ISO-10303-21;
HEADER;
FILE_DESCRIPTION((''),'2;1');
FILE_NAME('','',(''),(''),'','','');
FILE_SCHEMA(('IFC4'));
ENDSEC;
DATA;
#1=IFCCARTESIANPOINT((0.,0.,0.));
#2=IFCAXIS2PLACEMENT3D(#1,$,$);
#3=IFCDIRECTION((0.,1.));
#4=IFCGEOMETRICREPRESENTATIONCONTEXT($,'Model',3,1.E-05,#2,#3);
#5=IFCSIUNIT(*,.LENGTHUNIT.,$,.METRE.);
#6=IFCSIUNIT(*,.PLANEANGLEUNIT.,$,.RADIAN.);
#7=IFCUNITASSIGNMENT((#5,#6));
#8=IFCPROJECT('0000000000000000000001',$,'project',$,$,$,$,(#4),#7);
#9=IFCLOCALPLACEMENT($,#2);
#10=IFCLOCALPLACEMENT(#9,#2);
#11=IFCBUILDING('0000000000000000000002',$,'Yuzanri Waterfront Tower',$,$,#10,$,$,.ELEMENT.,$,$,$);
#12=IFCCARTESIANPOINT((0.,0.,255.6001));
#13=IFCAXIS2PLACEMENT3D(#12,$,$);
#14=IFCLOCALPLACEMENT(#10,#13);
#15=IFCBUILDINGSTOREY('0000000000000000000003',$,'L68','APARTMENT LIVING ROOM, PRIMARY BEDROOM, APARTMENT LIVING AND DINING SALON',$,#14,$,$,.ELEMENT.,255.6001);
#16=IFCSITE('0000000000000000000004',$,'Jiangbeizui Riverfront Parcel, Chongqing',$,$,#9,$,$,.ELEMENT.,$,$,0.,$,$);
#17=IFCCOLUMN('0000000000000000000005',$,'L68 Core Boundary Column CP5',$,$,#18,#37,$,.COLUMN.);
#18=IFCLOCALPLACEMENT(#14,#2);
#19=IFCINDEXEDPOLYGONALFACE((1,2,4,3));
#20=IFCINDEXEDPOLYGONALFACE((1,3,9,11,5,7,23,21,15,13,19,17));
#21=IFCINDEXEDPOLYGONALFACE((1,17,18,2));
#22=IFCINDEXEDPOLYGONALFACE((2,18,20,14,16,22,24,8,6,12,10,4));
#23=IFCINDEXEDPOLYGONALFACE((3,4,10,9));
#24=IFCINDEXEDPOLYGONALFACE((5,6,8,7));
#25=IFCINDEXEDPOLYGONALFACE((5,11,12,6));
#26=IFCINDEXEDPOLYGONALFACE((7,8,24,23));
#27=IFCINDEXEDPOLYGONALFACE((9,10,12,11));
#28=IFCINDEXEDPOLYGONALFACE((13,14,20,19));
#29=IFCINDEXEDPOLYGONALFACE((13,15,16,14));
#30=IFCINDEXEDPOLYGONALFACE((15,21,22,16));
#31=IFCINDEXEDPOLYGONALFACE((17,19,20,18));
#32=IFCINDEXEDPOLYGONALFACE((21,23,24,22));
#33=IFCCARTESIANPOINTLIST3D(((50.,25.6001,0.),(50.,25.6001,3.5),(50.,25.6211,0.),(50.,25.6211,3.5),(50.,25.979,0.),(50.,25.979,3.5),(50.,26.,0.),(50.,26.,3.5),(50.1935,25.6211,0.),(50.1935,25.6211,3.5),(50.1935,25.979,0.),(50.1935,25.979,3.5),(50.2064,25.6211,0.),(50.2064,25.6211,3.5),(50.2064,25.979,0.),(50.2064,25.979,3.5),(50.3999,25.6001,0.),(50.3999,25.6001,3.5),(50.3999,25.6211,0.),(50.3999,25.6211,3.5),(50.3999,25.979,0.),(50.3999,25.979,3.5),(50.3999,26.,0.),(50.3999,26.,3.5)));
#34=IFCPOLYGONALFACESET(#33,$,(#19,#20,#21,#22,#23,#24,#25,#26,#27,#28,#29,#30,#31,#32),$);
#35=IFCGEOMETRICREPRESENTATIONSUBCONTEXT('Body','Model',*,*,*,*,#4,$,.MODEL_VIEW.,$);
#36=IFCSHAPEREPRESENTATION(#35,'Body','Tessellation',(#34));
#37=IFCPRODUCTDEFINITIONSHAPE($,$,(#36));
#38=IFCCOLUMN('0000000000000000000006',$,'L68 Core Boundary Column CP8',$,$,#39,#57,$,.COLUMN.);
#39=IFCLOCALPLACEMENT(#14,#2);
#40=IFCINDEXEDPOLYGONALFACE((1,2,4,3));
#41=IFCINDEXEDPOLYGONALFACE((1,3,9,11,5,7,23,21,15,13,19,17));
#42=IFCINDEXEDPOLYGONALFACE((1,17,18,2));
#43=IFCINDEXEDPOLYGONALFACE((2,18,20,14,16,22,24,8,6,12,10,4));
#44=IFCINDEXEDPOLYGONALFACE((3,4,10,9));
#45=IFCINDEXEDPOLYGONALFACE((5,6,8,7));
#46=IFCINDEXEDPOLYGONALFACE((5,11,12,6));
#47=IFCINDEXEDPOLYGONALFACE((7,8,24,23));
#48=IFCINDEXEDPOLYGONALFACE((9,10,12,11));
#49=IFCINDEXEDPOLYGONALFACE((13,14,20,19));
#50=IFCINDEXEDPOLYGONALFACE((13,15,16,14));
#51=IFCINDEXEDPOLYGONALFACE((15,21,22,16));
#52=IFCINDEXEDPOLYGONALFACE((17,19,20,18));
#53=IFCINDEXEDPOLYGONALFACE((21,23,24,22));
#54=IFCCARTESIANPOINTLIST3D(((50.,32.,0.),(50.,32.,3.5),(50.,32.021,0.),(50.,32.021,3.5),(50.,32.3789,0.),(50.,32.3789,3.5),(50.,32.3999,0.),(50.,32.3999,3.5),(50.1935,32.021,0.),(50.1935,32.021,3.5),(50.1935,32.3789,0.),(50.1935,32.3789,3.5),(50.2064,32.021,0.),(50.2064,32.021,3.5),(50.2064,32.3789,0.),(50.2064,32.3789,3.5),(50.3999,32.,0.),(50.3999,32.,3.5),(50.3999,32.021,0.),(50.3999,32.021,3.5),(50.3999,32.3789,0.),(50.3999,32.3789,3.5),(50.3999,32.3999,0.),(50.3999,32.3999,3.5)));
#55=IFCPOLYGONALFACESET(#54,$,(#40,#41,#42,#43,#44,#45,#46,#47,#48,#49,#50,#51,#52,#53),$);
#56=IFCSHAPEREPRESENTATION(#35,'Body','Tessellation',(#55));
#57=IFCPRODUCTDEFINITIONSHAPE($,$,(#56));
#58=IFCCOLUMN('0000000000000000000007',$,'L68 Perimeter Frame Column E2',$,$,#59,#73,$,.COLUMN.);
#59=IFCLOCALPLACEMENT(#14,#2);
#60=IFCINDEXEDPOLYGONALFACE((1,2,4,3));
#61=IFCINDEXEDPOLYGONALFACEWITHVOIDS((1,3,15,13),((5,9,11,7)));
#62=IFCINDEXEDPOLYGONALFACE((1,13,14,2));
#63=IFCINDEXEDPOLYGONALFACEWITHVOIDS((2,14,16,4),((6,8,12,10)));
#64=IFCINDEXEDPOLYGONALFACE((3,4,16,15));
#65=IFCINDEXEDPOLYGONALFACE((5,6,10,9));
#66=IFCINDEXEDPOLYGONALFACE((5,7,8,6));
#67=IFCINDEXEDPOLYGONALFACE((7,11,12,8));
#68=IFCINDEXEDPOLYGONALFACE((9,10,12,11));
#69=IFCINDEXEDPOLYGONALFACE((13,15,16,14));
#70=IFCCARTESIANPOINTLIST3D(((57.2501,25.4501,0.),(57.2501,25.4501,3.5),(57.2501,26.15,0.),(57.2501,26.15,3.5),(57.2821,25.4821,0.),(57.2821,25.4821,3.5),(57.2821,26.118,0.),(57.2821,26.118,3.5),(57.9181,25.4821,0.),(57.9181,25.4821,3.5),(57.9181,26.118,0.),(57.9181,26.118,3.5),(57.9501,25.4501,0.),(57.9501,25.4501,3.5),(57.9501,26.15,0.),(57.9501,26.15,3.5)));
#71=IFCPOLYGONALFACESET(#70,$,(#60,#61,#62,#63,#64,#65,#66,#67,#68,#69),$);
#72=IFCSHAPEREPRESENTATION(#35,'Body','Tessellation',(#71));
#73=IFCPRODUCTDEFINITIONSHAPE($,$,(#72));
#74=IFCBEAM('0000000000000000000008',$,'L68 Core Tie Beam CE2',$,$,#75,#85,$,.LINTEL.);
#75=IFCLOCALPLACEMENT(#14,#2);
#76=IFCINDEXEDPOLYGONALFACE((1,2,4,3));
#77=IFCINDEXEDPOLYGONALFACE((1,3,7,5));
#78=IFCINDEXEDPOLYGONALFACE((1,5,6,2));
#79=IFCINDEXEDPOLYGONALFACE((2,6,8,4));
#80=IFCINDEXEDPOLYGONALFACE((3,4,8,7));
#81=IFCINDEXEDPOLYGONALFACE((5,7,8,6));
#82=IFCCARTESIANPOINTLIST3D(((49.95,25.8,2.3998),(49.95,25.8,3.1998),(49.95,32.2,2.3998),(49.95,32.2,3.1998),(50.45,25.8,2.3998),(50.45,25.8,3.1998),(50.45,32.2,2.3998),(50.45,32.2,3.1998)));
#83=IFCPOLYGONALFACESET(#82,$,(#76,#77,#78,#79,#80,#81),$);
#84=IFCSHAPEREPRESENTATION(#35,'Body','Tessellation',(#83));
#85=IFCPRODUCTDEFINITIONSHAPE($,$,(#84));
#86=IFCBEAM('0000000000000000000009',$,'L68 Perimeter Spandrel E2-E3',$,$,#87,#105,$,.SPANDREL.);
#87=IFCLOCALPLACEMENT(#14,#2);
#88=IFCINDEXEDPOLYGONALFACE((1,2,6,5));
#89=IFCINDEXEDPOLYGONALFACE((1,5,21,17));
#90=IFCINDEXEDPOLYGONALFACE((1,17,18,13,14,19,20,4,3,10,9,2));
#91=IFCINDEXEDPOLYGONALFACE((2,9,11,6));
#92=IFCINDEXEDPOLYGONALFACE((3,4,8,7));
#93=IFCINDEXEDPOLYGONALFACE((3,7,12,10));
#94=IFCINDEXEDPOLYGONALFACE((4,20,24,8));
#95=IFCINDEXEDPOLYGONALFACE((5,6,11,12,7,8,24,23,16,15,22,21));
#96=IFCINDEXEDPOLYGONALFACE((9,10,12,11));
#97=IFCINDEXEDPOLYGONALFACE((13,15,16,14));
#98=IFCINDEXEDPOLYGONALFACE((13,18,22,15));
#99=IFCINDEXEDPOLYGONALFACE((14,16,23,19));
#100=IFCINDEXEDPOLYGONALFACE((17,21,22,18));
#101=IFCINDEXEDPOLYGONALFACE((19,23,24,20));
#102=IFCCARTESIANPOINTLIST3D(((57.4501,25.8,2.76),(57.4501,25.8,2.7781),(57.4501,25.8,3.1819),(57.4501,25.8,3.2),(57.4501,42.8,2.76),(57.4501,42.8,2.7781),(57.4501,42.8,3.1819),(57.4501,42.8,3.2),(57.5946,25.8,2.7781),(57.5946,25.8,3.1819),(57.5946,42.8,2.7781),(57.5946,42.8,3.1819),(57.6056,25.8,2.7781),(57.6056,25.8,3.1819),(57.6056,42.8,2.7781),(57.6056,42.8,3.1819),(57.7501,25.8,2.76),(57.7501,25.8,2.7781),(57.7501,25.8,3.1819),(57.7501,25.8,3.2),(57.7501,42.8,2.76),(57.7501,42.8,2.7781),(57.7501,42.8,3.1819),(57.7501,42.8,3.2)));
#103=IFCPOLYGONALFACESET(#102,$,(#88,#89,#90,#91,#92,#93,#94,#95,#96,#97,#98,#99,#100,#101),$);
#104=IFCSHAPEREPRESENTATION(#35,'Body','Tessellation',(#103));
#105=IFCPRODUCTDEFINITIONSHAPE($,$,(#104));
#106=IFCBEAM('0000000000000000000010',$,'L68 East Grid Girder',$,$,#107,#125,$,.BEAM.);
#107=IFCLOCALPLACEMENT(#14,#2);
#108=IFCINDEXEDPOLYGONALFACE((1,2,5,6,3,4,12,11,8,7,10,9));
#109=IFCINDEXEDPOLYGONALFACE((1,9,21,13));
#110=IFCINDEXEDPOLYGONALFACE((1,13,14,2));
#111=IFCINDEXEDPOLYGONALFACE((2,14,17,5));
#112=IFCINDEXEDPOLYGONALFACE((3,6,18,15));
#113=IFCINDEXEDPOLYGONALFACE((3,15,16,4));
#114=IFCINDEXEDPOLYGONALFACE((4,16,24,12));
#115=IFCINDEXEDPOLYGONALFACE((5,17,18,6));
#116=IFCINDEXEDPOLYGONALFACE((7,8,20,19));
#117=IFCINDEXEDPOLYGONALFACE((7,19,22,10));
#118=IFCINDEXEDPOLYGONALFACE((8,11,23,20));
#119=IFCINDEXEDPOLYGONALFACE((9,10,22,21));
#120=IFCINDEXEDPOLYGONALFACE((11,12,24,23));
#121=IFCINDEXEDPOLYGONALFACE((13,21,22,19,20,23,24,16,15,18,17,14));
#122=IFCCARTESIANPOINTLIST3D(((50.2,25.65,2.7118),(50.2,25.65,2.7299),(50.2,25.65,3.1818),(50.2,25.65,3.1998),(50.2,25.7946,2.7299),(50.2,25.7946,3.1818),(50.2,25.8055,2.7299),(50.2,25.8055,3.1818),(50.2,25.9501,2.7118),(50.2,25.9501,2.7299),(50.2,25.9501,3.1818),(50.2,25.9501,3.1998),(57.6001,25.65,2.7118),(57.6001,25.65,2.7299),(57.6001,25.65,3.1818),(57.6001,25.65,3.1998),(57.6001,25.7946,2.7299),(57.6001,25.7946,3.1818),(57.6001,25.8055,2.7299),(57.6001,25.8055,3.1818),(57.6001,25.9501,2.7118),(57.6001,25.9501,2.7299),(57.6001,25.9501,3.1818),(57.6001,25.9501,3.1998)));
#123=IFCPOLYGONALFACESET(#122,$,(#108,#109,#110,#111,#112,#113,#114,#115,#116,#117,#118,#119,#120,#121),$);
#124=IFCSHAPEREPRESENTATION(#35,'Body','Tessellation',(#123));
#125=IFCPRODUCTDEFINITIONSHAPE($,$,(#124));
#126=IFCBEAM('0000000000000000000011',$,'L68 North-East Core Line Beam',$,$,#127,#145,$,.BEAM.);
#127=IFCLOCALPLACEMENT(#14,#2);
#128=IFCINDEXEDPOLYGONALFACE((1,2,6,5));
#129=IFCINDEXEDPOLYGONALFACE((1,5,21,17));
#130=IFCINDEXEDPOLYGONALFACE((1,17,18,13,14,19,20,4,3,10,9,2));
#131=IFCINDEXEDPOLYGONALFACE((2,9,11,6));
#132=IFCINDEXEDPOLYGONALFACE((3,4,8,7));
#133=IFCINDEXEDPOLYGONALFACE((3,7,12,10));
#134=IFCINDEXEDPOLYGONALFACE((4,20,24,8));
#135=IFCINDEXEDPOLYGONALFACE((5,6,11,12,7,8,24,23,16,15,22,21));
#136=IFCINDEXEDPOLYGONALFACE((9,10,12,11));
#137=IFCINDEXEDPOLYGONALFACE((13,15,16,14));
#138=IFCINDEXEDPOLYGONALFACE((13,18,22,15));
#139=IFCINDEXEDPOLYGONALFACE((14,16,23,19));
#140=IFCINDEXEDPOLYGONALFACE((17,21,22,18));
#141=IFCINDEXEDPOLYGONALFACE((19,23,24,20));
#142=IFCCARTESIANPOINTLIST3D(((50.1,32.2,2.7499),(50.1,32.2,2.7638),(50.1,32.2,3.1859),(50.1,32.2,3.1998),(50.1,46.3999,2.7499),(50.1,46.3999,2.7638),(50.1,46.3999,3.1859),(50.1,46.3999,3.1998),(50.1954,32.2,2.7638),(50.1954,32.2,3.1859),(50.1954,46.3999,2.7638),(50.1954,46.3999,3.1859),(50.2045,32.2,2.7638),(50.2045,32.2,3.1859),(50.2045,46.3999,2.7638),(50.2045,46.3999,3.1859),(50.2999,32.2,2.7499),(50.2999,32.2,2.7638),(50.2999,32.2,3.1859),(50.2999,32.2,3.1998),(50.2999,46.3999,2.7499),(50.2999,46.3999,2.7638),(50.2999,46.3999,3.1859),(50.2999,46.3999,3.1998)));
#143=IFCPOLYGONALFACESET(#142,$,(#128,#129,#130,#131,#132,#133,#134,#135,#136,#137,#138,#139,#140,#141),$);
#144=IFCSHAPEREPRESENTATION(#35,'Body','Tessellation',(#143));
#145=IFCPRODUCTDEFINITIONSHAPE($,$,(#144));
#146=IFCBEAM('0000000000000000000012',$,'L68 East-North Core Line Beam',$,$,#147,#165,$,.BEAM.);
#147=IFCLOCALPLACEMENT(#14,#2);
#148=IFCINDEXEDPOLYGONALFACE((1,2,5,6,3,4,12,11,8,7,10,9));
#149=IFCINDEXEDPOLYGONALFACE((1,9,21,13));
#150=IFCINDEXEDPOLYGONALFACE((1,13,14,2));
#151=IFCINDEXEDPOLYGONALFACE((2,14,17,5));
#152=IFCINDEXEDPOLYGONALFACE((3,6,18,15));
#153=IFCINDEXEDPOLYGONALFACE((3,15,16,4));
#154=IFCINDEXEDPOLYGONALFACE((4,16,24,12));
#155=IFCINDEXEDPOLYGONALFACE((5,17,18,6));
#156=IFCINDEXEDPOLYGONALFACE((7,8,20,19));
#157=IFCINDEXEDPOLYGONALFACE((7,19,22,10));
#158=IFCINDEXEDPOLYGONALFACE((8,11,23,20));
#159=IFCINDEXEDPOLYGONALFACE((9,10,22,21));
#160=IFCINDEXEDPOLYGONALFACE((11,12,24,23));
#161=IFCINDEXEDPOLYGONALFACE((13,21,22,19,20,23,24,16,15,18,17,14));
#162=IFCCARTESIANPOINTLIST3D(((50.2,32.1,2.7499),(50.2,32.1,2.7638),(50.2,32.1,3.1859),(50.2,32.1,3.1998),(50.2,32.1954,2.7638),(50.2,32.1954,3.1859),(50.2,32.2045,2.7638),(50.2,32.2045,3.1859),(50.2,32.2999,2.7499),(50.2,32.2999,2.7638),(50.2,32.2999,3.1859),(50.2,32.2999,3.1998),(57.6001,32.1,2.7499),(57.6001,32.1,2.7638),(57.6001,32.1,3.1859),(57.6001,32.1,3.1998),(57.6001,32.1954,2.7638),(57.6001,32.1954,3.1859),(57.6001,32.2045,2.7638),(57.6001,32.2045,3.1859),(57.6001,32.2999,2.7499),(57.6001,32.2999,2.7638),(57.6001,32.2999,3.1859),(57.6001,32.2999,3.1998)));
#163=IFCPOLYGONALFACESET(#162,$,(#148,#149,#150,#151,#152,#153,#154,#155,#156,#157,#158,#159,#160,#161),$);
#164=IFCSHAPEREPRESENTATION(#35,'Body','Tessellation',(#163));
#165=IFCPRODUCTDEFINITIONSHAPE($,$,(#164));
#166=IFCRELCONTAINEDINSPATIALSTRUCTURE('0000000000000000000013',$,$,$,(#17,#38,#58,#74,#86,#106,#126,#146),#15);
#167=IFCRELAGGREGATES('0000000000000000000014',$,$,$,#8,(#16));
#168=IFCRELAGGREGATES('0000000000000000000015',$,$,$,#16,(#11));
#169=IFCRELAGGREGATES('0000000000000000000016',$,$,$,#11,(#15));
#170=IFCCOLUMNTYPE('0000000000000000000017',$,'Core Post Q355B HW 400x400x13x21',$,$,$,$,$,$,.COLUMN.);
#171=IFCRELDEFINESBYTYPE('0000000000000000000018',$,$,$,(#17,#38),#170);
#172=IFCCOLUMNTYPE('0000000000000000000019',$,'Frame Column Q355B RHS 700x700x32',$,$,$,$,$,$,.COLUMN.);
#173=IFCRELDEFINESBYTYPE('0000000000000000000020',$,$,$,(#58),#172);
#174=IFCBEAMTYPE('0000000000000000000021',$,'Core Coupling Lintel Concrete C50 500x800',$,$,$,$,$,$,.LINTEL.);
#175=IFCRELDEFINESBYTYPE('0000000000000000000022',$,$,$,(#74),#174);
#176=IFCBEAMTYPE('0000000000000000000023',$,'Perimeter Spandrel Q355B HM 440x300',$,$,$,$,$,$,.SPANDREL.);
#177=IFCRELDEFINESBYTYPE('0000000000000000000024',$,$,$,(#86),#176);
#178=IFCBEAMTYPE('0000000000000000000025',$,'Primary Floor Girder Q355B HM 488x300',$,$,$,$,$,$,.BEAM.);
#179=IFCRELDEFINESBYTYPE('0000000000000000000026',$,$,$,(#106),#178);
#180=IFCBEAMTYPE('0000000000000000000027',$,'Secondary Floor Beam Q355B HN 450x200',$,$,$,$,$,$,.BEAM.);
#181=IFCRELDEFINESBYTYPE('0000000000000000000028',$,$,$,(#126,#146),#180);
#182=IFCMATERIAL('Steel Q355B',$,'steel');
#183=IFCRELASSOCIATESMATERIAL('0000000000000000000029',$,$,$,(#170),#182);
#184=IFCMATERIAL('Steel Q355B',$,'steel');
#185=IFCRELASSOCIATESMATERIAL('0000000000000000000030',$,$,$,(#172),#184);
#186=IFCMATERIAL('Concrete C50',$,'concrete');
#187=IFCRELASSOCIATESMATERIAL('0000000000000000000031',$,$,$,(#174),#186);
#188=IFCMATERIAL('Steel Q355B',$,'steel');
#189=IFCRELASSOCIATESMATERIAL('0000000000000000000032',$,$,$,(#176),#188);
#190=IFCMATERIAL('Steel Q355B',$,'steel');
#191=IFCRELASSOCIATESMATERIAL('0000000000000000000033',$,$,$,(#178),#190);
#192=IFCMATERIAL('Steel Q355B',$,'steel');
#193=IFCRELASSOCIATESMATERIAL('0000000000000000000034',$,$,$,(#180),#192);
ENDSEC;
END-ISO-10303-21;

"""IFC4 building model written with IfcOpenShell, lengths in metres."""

from ifc_helpers import new_model, si_unit, direction, frame, origin, origin_2d, place, context, subcontext, project, spatial, rectangle, hollow_rectangle, i_section, extrude, source, transform, mapped, material, material_profile, profile_set, type_object, element, save


model = new_model("IFC4")

# Units and contexts
model_context = context("Model", 3, precision=1e-05, world=origin(), true_north=direction((0.0, 1.0)))
body_context = subcontext(model_context, "Body", "Model", "MODEL_VIEW")
ifc_project = project(units=[si_unit("LENGTHUNIT", "METRE"), si_unit("PLANEANGLEUNIT", "RADIAN")], contexts=[model_context])

# Site, building, storey
site_placement = place(None, origin())
site = spatial("IfcSite", under=ifc_project, at=site_placement, Name="Jiangbeizui Riverfront Parcel, Chongqing", CompositionType="ELEMENT", RefElevation=0.0)
building_placement = place(site_placement, origin())
building = spatial("IfcBuilding", under=site, at=building_placement, Name="Yuzanri Waterfront Tower", CompositionType="ELEMENT")
storey_placement = place(building_placement, frame((0.0, 0.0, 255.6001)))
storey = spatial("IfcBuildingStorey", under=building, at=storey_placement, Name="L68", Description="APARTMENT LIVING ROOM, PRIMARY BEDROOM, APARTMENT LIVING AND DINING SALON", CompositionType="ELEMENT", Elevation=255.6001)

# Columns
ifc_material_1 = material(Name="Steel Q355B", Category="steel")
ifc_material_profile_1 = material_profile(ifc_material_1, i_section(OverallWidth=0.3999, OverallDepth=0.3999, WebThickness=0.0129, FlangeThickness=0.021, at=origin_2d()), Name="HW 400x400x13x21")
ifc_profile_set_1 = profile_set([ifc_material_profile_1], Name="Steel Q355B")
column_type_1 = type_object("IfcColumnType", Name="Core Post Q355B HW 400x400x13x21", PredefinedType="COLUMN", material=ifc_profile_set_1)
shared_shape_1 = source(origin(), body_context, "Body", "SweptSolid", [
    extrude(i_section(OverallWidth=0.3999, OverallDepth=0.3999, WebThickness=0.0129, FlangeThickness=0.021, at=origin_2d()), origin(), (0.0, 0.0, 1.0), 3.5),
])
for number, where, z_axis, x_axis, name in (
    (1, (50.2, 25.8, 0.0), (0.0, 0.0, 1.0), (1.0, 0.0, 0.0), "L68 Core Boundary Column CP5"),
    (2, (50.2, 32.2, 0.0), (0.0, 0.0, 1.0), (1.0, 0.0, 0.0), "L68 Core Boundary Column CP8"),
):
    element("IfcColumn", number, at=place(storey_placement, frame(where, z_axis=z_axis, x_axis=x_axis)), inside=storey, type_object=column_type_1, Name=name, PredefinedType="COLUMN", context=body_context, shape_type="MappedRepresentation", body=[
        mapped(shared_shape_1, transform((0.0, 0.0, 0.0), scale=1.0)),
    ])
ifc_material_2 = material(Name="Steel Q355B", Category="steel")
ifc_material_profile_2 = material_profile(ifc_material_2, hollow_rectangle(XDim=0.7, YDim=0.7, WallThickness=0.032, at=origin_2d()), Name="RHS 700x700x32")
ifc_profile_set_2 = profile_set([ifc_material_profile_2], Name="Steel Q355B")
column_type_2 = type_object("IfcColumnType", Name="Frame Column Q355B RHS 700x700x32", PredefinedType="COLUMN", material=ifc_profile_set_2)
shared_shape_2 = source(origin(), body_context, "Body", "SweptSolid", [
    extrude(hollow_rectangle(XDim=0.7, YDim=0.7, WallThickness=0.032, at=origin_2d()), origin(), (0.0, 0.0, 1.0), 3.5),
])
column_placement = place(storey_placement, frame((57.6001, 25.8, 0.0), z_axis=(0.0, 0.0, 1.0), x_axis=(1.0, 0.0, 0.0)))
element("IfcColumn", 3, at=column_placement, inside=storey, type_object=column_type_2, Name="L68 Perimeter Frame Column E2", PredefinedType="COLUMN", context=body_context, shape_type="MappedRepresentation", body=[
    mapped(shared_shape_2, transform((0.0, 0.0, 0.0), scale=1.0)),
])

# Beams
ifc_material_3 = material(Name="Concrete C50", Category="concrete")
ifc_material_profile_3 = material_profile(ifc_material_3, rectangle(XDim=0.5, YDim=0.8, at=origin_2d()), Name="RC 500x800")
ifc_profile_set_3 = profile_set([ifc_material_profile_3], Name="Concrete C50")
beam_type_1 = type_object("IfcBeamType", Name="Core Coupling Lintel Concrete C50 500x800", PredefinedType="LINTEL", material=ifc_profile_set_3)
shared_shape_3 = source(origin(), body_context, "Body", "SweptSolid", [
    extrude(rectangle(XDim=0.5, YDim=0.8, at=origin_2d()), origin(), (0.0, 0.0, 1.0), 6.3999),
])
beam_1_placement = place(storey_placement, frame((50.2, 25.8, 2.7998), z_axis=(0.0, 1.0, 0.0), x_axis=(-1.0, 0.0, 0.0)))
element("IfcBeam", 4, at=beam_1_placement, inside=storey, type_object=beam_type_1, Name="L68 Core Tie Beam CE2", PredefinedType="LINTEL", context=body_context, shape_type="MappedRepresentation", body=[
    mapped(shared_shape_3, transform((0.0, 0.0, 0.0), scale=1.0)),
])
ifc_material_4 = material(Name="Steel Q355B", Category="steel")
ifc_material_profile_4 = material_profile(ifc_material_4, i_section(OverallWidth=0.3, OverallDepth=0.4399, WebThickness=0.011, FlangeThickness=0.0181, at=origin_2d()), Name="HM 440x300x11x18")
ifc_profile_set_4 = profile_set([ifc_material_profile_4], Name="Steel Q355B")
beam_type_2 = type_object("IfcBeamType", Name="Perimeter Spandrel Q355B HM 440x300", PredefinedType="SPANDREL", material=ifc_profile_set_4)
shared_shape_4 = source(origin(), body_context, "Body", "SweptSolid", [
    extrude(i_section(OverallWidth=0.3, OverallDepth=0.4399, WebThickness=0.011, FlangeThickness=0.0181, at=origin_2d()), origin(), (0.0, 0.0, 1.0), 17.0),
])
beam_2_placement = place(storey_placement, frame((57.6001, 25.8, 2.98), z_axis=(0.0, 1.0, 0.0), x_axis=(-1.0, 0.0, 0.0)))
element("IfcBeam", 5, at=beam_2_placement, inside=storey, type_object=beam_type_2, Name="L68 Perimeter Spandrel E2-E3", PredefinedType="SPANDREL", context=body_context, shape_type="MappedRepresentation", body=[
    mapped(shared_shape_4, transform((0.0, 0.0, 0.0), scale=1.0)),
])
ifc_material_5 = material(Name="Steel Q355B", Category="steel")
ifc_material_profile_5 = material_profile(ifc_material_5, i_section(OverallWidth=0.3, OverallDepth=0.488, WebThickness=0.011, FlangeThickness=0.0181, at=origin_2d()), Name="HM 488x300x11x18")
ifc_profile_set_5 = profile_set([ifc_material_profile_5], Name="Steel Q355B")
beam_type_3 = type_object("IfcBeamType", Name="Primary Floor Girder Q355B HM 488x300", PredefinedType="BEAM", material=ifc_profile_set_5)
shared_shape_5 = source(origin(), body_context, "Body", "SweptSolid", [
    extrude(i_section(OverallWidth=0.3, OverallDepth=0.488, WebThickness=0.011, FlangeThickness=0.0181, at=origin_2d()), origin(), (0.0, 0.0, 1.0), 7.4001),
])
beam_3_placement = place(storey_placement, frame((50.2, 25.8, 2.9558), z_axis=(1.0, 0.0, 0.0), x_axis=(0.0, 1.0, 0.0)))
element("IfcBeam", 6, at=beam_3_placement, inside=storey, type_object=beam_type_3, Name="L68 East Grid Girder", PredefinedType="BEAM", context=body_context, shape_type="MappedRepresentation", body=[
    mapped(shared_shape_5, transform((0.0, 0.0, 0.0), scale=1.0)),
])
ifc_material_6 = material(Name="Steel Q355B", Category="steel")
ifc_material_profile_6 = material_profile(ifc_material_6, i_section(OverallWidth=0.2, OverallDepth=0.45, WebThickness=0.009, FlangeThickness=0.0139, at=origin_2d()), Name="HN 450x200x9x14")
ifc_profile_set_6 = profile_set([ifc_material_profile_6], Name="Steel Q355B")
beam_type_4 = type_object("IfcBeamType", Name="Secondary Floor Beam Q355B HN 450x200", PredefinedType="BEAM", material=ifc_profile_set_6)
shared_shape_6 = source(origin(), body_context, "Body", "SweptSolid", [
    extrude(i_section(OverallWidth=0.2, OverallDepth=0.45, WebThickness=0.009, FlangeThickness=0.0139, at=origin_2d()), origin(), (0.0, 0.0, 1.0), 14.2),
])
beam_4_placement = place(storey_placement, frame((50.2, 32.2, 2.9749), z_axis=(0.0, 1.0, 0.0), x_axis=(-1.0, 0.0, 0.0)))
element("IfcBeam", 7, at=beam_4_placement, inside=storey, type_object=beam_type_4, Name="L68 North-East Core Line Beam", PredefinedType="BEAM", context=body_context, shape_type="MappedRepresentation", body=[
    mapped(shared_shape_6, transform((0.0, 0.0, 0.0), scale=1.0)),
])
shared_shape_7 = source(origin(), body_context, "Body", "SweptSolid", [
    extrude(i_section(OverallWidth=0.2, OverallDepth=0.45, WebThickness=0.009, FlangeThickness=0.0139, at=origin_2d()), origin(), (0.0, 0.0, 1.0), 7.4001),
])
beam_5_placement = place(storey_placement, frame((50.2, 32.2, 2.9749), z_axis=(1.0, 0.0, 0.0), x_axis=(0.0, 1.0, 0.0)))
element("IfcBeam", 8, at=beam_5_placement, inside=storey, type_object=beam_type_4, Name="L68 East-North Core Line Beam", PredefinedType="BEAM", context=body_context, shape_type="MappedRepresentation", body=[
    mapped(shared_shape_7, transform((0.0, 0.0, 0.0), scale=1.0)),
])

save(model, "model.ifc")
